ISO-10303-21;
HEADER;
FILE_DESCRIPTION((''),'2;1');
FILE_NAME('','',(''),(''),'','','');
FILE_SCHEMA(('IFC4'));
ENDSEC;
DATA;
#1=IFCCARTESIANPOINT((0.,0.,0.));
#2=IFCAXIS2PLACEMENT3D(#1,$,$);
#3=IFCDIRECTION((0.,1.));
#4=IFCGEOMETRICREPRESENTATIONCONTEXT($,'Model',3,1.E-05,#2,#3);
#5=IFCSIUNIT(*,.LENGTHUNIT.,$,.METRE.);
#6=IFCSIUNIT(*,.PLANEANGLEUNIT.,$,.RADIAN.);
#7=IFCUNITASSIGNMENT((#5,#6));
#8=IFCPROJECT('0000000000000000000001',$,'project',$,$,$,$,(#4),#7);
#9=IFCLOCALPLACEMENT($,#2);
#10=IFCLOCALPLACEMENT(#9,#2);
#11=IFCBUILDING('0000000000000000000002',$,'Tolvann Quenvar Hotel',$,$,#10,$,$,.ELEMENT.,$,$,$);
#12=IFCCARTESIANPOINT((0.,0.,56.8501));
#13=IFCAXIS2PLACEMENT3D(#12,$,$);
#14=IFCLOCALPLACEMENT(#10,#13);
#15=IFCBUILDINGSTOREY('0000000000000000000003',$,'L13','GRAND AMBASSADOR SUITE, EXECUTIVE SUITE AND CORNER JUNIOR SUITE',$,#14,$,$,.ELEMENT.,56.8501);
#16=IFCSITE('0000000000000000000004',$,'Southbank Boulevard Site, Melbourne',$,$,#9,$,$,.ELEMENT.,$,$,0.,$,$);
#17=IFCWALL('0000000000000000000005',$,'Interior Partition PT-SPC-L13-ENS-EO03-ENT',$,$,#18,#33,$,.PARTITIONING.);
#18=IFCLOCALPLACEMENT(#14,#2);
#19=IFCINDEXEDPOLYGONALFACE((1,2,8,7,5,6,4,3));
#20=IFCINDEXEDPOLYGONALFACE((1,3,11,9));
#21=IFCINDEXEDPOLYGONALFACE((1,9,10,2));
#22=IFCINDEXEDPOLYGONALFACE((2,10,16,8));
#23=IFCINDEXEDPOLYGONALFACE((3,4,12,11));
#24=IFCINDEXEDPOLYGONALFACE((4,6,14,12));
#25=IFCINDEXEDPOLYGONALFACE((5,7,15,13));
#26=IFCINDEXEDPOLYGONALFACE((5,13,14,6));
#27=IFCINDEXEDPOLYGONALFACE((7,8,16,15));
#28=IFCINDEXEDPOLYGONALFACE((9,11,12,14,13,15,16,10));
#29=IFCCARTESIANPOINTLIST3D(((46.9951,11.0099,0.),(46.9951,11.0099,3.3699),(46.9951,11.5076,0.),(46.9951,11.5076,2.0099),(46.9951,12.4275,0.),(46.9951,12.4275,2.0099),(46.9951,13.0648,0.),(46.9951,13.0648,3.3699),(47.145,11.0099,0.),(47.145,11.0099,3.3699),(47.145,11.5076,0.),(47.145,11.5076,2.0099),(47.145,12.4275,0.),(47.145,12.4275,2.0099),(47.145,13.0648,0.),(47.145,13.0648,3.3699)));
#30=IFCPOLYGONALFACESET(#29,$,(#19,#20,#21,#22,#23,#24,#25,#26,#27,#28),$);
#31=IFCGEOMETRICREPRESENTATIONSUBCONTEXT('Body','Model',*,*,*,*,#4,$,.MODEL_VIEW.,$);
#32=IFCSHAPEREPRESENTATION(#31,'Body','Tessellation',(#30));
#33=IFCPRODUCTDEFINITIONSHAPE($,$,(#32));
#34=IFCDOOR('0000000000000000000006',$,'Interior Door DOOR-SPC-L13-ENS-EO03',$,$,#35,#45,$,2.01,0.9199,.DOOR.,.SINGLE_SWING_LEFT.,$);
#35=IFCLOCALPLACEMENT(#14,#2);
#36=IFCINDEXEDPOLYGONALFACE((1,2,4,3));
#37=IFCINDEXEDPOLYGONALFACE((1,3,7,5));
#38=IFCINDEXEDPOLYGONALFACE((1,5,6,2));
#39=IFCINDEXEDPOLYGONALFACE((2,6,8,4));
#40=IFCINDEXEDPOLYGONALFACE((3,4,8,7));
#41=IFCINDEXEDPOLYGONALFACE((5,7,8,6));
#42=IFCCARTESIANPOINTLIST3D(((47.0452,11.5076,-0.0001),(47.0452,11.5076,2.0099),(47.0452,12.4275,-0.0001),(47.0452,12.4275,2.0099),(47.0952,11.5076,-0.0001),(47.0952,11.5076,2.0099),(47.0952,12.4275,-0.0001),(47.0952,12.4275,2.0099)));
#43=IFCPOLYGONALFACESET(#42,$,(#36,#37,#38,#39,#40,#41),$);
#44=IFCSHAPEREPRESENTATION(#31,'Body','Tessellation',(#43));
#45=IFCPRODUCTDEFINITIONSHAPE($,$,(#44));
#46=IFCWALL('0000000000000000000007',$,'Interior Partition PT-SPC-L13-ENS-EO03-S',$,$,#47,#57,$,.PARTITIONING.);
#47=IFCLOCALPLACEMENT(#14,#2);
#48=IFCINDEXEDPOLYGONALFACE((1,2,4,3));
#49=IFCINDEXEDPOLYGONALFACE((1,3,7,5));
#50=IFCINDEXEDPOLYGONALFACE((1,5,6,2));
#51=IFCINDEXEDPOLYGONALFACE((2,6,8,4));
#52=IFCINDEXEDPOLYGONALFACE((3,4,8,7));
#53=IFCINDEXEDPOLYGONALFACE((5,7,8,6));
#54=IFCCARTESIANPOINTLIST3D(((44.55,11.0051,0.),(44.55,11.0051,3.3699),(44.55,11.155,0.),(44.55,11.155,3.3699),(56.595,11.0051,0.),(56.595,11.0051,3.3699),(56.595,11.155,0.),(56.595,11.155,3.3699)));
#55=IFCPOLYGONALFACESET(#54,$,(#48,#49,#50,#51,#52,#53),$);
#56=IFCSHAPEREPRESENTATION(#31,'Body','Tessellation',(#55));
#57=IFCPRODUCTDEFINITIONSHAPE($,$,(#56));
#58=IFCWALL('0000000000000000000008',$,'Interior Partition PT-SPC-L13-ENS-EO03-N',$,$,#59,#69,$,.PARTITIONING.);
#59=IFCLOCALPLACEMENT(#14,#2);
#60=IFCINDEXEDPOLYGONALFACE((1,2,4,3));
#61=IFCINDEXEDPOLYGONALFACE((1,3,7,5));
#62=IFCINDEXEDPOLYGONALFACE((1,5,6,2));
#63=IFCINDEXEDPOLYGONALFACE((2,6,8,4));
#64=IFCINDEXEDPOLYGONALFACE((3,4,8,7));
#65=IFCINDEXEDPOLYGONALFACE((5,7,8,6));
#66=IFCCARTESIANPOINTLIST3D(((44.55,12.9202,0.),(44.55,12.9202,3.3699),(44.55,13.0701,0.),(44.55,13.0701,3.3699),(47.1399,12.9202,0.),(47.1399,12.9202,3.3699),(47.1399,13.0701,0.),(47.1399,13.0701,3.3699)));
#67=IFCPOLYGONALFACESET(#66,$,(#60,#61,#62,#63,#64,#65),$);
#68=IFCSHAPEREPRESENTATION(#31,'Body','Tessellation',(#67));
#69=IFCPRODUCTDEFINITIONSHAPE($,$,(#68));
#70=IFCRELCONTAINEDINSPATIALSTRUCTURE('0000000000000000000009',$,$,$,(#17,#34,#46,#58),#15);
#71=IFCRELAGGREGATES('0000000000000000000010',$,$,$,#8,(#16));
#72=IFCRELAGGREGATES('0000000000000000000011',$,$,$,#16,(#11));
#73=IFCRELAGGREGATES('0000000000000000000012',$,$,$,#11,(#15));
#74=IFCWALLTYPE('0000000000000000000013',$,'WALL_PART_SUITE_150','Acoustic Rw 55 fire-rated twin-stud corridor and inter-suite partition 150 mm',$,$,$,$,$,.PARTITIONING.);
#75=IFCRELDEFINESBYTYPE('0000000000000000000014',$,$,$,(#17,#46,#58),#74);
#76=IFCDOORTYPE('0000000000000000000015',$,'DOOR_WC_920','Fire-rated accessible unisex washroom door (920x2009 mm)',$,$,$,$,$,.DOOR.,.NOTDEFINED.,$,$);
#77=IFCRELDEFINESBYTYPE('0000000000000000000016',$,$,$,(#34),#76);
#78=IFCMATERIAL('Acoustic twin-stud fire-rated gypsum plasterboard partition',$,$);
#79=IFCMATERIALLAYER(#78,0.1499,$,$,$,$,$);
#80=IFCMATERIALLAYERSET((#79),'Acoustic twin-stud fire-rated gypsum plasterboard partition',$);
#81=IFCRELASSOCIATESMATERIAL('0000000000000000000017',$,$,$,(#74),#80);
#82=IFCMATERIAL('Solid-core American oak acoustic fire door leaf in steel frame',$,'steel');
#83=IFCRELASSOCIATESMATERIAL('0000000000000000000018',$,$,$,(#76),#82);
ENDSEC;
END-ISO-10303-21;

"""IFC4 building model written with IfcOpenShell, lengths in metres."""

from ifc_helpers import new_model, si_unit, direction, frame, frame_2d, origin, place, context, subcontext, project, spatial, rectangle, extrude, source, transform, mapped, material, layer, layer_set, type_object, type_shapes, element, fill, save


model = new_model("IFC4")

# Units and contexts
model_context = context("Model", 3, precision=1e-05, world=origin(), true_north=direction((0.0, 1.0)))
body_context = subcontext(model_context, "Body", "Model", "MODEL_VIEW")
ifc_project = project(units=[si_unit("LENGTHUNIT", "METRE"), si_unit("PLANEANGLEUNIT", "RADIAN")], contexts=[model_context])

# Site, building, storey
site_placement = place(None, origin())
site = spatial("IfcSite", under=ifc_project, at=site_placement, Name="Southbank Boulevard Site, Melbourne", CompositionType="ELEMENT", RefElevation=0.0)
building_placement = place(site_placement, origin())
building = spatial("IfcBuilding", under=site, at=building_placement, Name="Tolvann Quenvar Hotel", CompositionType="ELEMENT")
storey_placement = place(building_placement, frame((0.0, 0.0, 56.8501)))
storey = spatial("IfcBuildingStorey", under=building, at=storey_placement, Name="L13", Description="GRAND AMBASSADOR SUITE, EXECUTIVE SUITE AND CORNER JUNIOR SUITE", CompositionType="ELEMENT", Elevation=56.8501)

# Shared definitions
ifc_material_1 = material(Name="Acoustic twin-stud fire-rated gypsum plasterboard partition")
ifc_layer_1 = layer(ifc_material_1, 0.1499)
ifc_layer_set_1 = layer_set([ifc_layer_1], Name="Acoustic twin-stud fire-rated gypsum plasterboard partition")
wall_type_1 = type_object("IfcWallType", Name="WALL_PART_SUITE_150", Description="Acoustic Rw 55 fire-rated twin-stud corridor and inter-suite partition 150 mm", PredefinedType="PARTITIONING", material=ifc_layer_set_1)
ifc_material_2 = material(Name="Solid-core American oak acoustic fire door leaf in steel frame", Category="steel")
door_type_1 = type_object("IfcDoorType", Name="DOOR_WC_920", Description="Fire-rated accessible unisex washroom door (920x2009 mm)", OperationType="NOTDEFINED", PredefinedType="DOOR", material=ifc_material_2)
shared_shape_1 = source(origin(), body_context, "Body", "SweptSolid", [
    extrude(rectangle(XDim=0.9199, YDim=2.01, at=frame_2d((0.46, 1.0049))), frame((0.0, 0.0249, 0.0), z_axis=(0.0, -1.0, 0.0), x_axis=(1.0, 0.0, 0.0)), (0.0, 0.0, 1.0), 0.05),
])
type_shapes(door_type_1, [shared_shape_1])

# Wall, opening, door
wall_1_placement = place(storey_placement, frame((47.0701, 11.01, 0.0), z_axis=(0.0, 0.0, 1.0), x_axis=(0.0, 1.0, 0.0)))
wall_1 = element("IfcWall", 1, at=wall_1_placement, inside=storey, type_object=wall_type_1, Name="Interior Partition PT-SPC-L13-ENS-EO03-ENT", PredefinedType="PARTITIONING", context=body_context, shape_type="SweptSolid", body=[
    extrude(rectangle(XDim=2.0549, YDim=0.1499, at=frame_2d((1.0273, 0.0))), origin(), (0.0, 0.0, 1.0), 3.3699),
])
opening_1_placement = place(wall_1_placement, frame((0.4976, 0.0, 0.0)))
opening_1 = element("IfcOpeningElement", 2, at=opening_1_placement, cuts=wall_1, PredefinedType="OPENING", context=body_context, shape_type="SweptSolid", body=[
    extrude(rectangle(XDim=0.9199, YDim=2.01, at=frame_2d((0.46, 1.0049))), frame((0.0, 0.085, 0.0), z_axis=(0.0, -1.0, 0.0), x_axis=(1.0, 0.0, 0.0)), (0.0, 0.0, 1.0), 0.1699),
])
door_1_placement = place(opening_1_placement, origin())
door_1 = element("IfcDoor", 3, at=door_1_placement, inside=storey, type_object=door_type_1, Name="Interior Door DOOR-SPC-L13-ENS-EO03", OperationType="SINGLE_SWING_LEFT", OverallHeight=2.01, OverallWidth=0.9199, PredefinedType="DOOR", context=body_context, shape_type="MappedRepresentation", body=[
    mapped(shared_shape_1, transform((0.0, 0.0, 0.0), x_axis=(1.0, 0.0, 0.0), y_axis=(0.0, 1.0, 0.0), z_axis=(0.0, 0.0, 1.0), scale=1.0)),
])
fill(opening_1, door_1)

# Walls
wall_2_placement = place(storey_placement, frame((44.55, 11.0801, 0.0), z_axis=(0.0, 0.0, 1.0), x_axis=(1.0, 0.0, 0.0)))
element("IfcWall", 4, at=wall_2_placement, inside=storey, type_object=wall_type_1, Name="Interior Partition PT-SPC-L13-ENS-EO03-S", PredefinedType="PARTITIONING", context=body_context, shape_type="SweptSolid", body=[
    extrude(rectangle(XDim=12.0449, YDim=0.1499, at=frame_2d((6.0225, 0.0))), origin(), (0.0, 0.0, 1.0), 3.3699),
])
wall_3_placement = place(storey_placement, frame((44.55, 12.9951, 0.0), z_axis=(0.0, 0.0, 1.0), x_axis=(1.0, 0.0, 0.0)))
element("IfcWall", 5, at=wall_3_placement, inside=storey, type_object=wall_type_1, Name="Interior Partition PT-SPC-L13-ENS-EO03-N", PredefinedType="PARTITIONING", context=body_context, shape_type="SweptSolid", body=[
    extrude(rectangle(XDim=2.5898, YDim=0.1499, at=frame_2d((1.2949, 0.0))), origin(), (0.0, 0.0, 1.0), 3.3699),
])

save(model, "model.ifc")
